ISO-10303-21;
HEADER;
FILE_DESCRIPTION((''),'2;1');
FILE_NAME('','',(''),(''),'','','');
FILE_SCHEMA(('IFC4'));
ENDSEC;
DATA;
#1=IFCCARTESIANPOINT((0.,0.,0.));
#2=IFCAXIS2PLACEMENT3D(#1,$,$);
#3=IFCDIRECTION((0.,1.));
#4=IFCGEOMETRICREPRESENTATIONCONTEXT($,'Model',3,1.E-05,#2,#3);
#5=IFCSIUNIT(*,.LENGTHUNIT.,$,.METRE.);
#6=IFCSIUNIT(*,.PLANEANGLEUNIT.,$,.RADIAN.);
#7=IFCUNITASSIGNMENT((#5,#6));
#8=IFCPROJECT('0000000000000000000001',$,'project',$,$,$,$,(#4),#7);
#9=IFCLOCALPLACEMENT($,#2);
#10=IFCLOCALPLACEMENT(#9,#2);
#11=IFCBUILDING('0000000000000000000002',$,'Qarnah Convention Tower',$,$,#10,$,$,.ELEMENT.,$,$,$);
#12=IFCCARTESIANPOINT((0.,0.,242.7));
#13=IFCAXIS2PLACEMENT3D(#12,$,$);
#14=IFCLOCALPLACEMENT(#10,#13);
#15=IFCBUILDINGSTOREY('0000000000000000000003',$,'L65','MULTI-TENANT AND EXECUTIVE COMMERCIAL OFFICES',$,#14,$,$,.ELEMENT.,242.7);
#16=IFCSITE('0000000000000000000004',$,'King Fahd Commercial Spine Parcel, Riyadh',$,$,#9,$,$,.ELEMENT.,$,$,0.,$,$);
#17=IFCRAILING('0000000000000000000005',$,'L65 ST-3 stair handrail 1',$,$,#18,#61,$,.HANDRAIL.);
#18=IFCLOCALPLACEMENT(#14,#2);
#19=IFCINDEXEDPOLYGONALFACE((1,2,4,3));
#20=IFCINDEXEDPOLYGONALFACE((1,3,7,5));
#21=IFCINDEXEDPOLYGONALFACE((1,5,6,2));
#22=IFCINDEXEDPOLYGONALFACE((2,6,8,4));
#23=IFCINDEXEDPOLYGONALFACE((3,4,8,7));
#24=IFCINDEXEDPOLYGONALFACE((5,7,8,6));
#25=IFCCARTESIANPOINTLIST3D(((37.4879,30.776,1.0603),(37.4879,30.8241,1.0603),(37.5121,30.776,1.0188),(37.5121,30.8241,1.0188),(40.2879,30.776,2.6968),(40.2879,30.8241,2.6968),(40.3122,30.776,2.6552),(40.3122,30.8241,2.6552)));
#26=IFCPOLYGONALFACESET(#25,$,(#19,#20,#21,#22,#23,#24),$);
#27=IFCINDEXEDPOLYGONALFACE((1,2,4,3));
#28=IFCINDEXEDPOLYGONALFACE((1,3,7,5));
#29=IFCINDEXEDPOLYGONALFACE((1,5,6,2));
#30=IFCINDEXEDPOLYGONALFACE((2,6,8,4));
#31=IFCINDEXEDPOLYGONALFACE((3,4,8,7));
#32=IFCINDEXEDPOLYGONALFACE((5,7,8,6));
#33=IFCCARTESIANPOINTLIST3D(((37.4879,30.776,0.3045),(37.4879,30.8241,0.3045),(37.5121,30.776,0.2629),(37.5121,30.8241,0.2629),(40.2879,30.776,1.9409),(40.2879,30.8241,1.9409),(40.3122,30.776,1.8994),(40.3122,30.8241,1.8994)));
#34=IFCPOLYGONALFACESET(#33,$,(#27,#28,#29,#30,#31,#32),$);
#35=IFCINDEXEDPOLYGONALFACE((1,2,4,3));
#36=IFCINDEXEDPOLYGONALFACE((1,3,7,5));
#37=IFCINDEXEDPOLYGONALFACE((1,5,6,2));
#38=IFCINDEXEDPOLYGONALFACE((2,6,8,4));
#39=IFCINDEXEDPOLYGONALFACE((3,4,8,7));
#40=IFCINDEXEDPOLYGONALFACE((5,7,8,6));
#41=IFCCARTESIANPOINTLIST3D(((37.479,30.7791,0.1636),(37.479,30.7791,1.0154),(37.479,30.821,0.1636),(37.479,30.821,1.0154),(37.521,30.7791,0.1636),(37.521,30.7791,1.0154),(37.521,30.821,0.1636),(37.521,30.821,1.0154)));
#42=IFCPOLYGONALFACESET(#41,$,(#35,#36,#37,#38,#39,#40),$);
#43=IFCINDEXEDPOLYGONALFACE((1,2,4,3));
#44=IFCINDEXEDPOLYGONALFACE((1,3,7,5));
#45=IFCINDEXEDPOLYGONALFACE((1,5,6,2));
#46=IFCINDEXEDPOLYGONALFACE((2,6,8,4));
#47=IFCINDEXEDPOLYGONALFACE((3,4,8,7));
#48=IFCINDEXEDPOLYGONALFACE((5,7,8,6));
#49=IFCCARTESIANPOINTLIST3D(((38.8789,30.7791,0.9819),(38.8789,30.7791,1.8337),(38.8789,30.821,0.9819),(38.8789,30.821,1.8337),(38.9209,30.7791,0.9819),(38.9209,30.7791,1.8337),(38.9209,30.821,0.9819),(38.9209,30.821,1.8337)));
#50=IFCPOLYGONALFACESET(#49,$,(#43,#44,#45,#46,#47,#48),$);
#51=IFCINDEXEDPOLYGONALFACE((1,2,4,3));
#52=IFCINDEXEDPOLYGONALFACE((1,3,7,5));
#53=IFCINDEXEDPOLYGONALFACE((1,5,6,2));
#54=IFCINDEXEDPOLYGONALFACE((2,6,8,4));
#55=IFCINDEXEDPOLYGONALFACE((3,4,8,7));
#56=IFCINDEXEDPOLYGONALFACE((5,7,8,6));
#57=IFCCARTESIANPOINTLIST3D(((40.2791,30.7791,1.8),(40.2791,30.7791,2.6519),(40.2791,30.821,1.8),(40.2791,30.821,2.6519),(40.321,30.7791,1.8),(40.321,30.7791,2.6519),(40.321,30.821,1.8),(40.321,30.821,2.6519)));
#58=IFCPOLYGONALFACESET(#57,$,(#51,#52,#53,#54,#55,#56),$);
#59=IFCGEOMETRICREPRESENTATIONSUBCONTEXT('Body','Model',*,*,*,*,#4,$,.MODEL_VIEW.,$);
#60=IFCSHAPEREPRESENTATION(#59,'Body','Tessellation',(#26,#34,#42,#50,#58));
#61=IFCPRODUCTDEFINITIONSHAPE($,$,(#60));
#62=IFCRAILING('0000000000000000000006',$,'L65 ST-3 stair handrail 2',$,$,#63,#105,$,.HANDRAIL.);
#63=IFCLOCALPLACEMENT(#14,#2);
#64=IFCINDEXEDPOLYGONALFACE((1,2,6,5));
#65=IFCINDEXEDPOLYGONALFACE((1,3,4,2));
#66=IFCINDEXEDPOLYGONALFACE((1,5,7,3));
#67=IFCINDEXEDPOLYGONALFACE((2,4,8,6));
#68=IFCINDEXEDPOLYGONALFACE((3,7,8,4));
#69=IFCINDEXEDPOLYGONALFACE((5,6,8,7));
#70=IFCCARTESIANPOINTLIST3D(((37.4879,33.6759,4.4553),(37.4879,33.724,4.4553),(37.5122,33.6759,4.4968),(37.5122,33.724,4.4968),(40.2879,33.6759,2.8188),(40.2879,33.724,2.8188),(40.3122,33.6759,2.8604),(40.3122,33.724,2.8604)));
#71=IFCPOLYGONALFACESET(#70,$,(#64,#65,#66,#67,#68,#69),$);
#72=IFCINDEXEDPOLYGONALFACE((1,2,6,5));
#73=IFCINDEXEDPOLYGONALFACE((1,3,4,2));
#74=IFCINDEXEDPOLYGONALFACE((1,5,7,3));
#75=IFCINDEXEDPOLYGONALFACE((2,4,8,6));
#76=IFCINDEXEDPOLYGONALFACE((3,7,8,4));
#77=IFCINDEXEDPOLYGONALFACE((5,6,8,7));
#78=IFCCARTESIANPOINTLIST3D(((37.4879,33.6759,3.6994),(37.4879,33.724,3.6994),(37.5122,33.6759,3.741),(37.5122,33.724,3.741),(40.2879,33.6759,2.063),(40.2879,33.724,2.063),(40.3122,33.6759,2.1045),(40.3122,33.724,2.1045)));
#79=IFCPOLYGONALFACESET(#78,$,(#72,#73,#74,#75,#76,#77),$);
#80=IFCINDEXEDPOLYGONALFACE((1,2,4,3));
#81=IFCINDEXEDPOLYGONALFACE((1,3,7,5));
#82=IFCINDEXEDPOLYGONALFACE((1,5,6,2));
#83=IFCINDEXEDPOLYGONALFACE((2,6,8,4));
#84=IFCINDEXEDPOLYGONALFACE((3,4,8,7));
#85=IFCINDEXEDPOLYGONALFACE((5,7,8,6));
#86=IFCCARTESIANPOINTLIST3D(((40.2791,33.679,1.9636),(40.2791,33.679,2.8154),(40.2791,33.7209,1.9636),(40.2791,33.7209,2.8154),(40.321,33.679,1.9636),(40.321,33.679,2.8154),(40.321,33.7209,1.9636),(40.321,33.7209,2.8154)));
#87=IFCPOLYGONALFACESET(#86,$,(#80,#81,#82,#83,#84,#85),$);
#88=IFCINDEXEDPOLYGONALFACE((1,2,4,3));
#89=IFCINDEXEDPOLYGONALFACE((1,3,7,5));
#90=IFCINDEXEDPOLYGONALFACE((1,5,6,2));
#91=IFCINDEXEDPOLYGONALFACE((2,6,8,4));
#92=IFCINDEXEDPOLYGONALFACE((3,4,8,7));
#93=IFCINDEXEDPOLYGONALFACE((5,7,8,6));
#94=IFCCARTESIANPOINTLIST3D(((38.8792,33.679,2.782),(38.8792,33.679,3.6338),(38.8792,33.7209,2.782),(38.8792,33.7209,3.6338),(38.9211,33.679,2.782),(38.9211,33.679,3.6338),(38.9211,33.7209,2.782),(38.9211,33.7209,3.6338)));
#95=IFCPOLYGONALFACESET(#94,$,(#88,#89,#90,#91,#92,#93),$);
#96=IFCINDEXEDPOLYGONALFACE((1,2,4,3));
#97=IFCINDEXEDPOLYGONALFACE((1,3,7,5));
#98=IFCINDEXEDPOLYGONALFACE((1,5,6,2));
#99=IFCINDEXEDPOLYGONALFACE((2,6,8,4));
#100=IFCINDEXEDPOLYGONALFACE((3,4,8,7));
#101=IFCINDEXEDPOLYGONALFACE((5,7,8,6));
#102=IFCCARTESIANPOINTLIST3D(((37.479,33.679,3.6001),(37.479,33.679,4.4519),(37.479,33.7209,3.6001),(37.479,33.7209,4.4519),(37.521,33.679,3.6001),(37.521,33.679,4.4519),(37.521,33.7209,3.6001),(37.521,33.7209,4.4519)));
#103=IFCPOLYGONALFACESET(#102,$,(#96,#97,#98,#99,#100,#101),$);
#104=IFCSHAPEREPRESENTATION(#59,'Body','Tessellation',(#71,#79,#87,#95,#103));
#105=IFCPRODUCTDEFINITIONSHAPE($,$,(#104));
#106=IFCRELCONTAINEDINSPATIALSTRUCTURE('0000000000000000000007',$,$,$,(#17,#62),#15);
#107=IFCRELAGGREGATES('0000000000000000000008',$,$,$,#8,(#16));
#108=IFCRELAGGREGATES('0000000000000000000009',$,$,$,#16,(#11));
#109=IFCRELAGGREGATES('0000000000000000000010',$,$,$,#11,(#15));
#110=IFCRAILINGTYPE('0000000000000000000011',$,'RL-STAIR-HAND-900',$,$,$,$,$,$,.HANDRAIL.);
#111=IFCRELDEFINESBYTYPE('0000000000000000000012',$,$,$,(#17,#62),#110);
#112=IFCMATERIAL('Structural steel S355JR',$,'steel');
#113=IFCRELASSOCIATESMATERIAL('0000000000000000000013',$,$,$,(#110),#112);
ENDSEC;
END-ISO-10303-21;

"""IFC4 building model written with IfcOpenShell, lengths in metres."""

from ifc_helpers import new_model, si_unit, direction, frame, origin, origin_2d, place, context, subcontext, project, spatial, rectangle, extrude, material, type_object, element, save


model = new_model("IFC4")

# Units and contexts
model_context = context("Model", 3, precision=1e-05, world=origin(), true_north=direction((0.0, 1.0)))
body_context = subcontext(model_context, "Body", "Model", "MODEL_VIEW")
ifc_project = project(units=[si_unit("LENGTHUNIT", "METRE"), si_unit("PLANEANGLEUNIT", "RADIAN")], contexts=[model_context])

# Site, building, storey
site_placement = place(None, origin())
site = spatial("IfcSite", under=ifc_project, at=site_placement, Name="King Fahd Commercial Spine Parcel, Riyadh", CompositionType="ELEMENT", RefElevation=0.0)
building_placement = place(site_placement, origin())
building = spatial("IfcBuilding", under=site, at=building_placement, Name="Qarnah Convention Tower", CompositionType="ELEMENT")
storey_placement = place(building_placement, frame((0.0, 0.0, 242.7)))
storey = spatial("IfcBuildingStorey", under=building, at=storey_placement, Name="L65", Description="MULTI-TENANT AND EXECUTIVE COMMERCIAL OFFICES", CompositionType="ELEMENT", Elevation=242.7)

# Shared definitions
ifc_material_1 = material(Name="Structural steel S355JR", Category="steel")

# Railings
railing_type_1 = type_object("IfcRailingType", Name="RL-STAIR-HAND-900", PredefinedType="HANDRAIL", material=ifc_material_1)
railing_1_placement = place(storey_placement, frame((37.5, 30.8, 0.1636)))
element("IfcRailing", 1, at=railing_1_placement, inside=storey, type_object=railing_type_1, Name="L65 ST-3 stair handrail 1", PredefinedType="HANDRAIL", context=body_context, shape_type="SweptSolid", body=[
    extrude(rectangle(XDim=0.0481, YDim=0.0481, at=origin_2d()), frame((0.0, 0.0, 0.876), z_axis=(0.863361, 0.0, 0.504587), x_axis=(0.0, 1.0, 0.0)), (0.0, 0.0, 1.0), 3.2432),
    extrude(rectangle(XDim=0.0481, YDim=0.0481, at=origin_2d()), frame((0.0, 0.0, 0.1201), z_axis=(0.863361, 0.0, 0.504587), x_axis=(0.0, 1.0, 0.0)), (0.0, 0.0, 1.0), 3.2432),
    extrude(rectangle(XDim=0.042, YDim=0.042, at=origin_2d()), origin(), (0.0, 0.0, 1.0), 0.8518),
    extrude(rectangle(XDim=0.042, YDim=0.042, at=origin_2d()), frame((1.3999, 0.0, 0.8184)), (0.0, 0.0, 1.0), 0.8518),
    extrude(rectangle(XDim=0.042, YDim=0.042, at=origin_2d()), frame((2.8, 0.0, 1.6365)), (0.0, 0.0, 1.0), 0.8518),
])
railing_2_placement = place(storey_placement, frame((40.3, 33.7, 1.9636)))
element("IfcRailing", 2, at=railing_2_placement, inside=storey, type_object=railing_type_1, Name="L65 ST-3 stair handrail 2", PredefinedType="HANDRAIL", context=body_context, shape_type="SweptSolid", body=[
    extrude(rectangle(XDim=0.0481, YDim=0.0481, at=origin_2d()), frame((0.0, 0.0, 0.876), z_axis=(-0.863361, 0.0, 0.504587), x_axis=(0.0, -1.0, 0.0)), (0.0, 0.0, 1.0), 3.2432),
    extrude(rectangle(XDim=0.0481, YDim=0.0481, at=origin_2d()), frame((0.0, 0.0, 0.1201), z_axis=(-0.863361, 0.0, 0.504587), x_axis=(0.0, -1.0, 0.0)), (0.0, 0.0, 1.0), 3.2432),
    extrude(rectangle(XDim=0.042, YDim=0.042, at=origin_2d()), origin(), (0.0, 0.0, 1.0), 0.8518),
    extrude(rectangle(XDim=0.042, YDim=0.042, at=origin_2d()), frame((-1.3999, 0.0, 0.8184)), (0.0, 0.0, 1.0), 0.8518),
    extrude(rectangle(XDim=0.042, YDim=0.042, at=origin_2d()), frame((-2.8, 0.0, 1.6365)), (0.0, 0.0, 1.0), 0.8518),
])

save(model, "model.ifc")
